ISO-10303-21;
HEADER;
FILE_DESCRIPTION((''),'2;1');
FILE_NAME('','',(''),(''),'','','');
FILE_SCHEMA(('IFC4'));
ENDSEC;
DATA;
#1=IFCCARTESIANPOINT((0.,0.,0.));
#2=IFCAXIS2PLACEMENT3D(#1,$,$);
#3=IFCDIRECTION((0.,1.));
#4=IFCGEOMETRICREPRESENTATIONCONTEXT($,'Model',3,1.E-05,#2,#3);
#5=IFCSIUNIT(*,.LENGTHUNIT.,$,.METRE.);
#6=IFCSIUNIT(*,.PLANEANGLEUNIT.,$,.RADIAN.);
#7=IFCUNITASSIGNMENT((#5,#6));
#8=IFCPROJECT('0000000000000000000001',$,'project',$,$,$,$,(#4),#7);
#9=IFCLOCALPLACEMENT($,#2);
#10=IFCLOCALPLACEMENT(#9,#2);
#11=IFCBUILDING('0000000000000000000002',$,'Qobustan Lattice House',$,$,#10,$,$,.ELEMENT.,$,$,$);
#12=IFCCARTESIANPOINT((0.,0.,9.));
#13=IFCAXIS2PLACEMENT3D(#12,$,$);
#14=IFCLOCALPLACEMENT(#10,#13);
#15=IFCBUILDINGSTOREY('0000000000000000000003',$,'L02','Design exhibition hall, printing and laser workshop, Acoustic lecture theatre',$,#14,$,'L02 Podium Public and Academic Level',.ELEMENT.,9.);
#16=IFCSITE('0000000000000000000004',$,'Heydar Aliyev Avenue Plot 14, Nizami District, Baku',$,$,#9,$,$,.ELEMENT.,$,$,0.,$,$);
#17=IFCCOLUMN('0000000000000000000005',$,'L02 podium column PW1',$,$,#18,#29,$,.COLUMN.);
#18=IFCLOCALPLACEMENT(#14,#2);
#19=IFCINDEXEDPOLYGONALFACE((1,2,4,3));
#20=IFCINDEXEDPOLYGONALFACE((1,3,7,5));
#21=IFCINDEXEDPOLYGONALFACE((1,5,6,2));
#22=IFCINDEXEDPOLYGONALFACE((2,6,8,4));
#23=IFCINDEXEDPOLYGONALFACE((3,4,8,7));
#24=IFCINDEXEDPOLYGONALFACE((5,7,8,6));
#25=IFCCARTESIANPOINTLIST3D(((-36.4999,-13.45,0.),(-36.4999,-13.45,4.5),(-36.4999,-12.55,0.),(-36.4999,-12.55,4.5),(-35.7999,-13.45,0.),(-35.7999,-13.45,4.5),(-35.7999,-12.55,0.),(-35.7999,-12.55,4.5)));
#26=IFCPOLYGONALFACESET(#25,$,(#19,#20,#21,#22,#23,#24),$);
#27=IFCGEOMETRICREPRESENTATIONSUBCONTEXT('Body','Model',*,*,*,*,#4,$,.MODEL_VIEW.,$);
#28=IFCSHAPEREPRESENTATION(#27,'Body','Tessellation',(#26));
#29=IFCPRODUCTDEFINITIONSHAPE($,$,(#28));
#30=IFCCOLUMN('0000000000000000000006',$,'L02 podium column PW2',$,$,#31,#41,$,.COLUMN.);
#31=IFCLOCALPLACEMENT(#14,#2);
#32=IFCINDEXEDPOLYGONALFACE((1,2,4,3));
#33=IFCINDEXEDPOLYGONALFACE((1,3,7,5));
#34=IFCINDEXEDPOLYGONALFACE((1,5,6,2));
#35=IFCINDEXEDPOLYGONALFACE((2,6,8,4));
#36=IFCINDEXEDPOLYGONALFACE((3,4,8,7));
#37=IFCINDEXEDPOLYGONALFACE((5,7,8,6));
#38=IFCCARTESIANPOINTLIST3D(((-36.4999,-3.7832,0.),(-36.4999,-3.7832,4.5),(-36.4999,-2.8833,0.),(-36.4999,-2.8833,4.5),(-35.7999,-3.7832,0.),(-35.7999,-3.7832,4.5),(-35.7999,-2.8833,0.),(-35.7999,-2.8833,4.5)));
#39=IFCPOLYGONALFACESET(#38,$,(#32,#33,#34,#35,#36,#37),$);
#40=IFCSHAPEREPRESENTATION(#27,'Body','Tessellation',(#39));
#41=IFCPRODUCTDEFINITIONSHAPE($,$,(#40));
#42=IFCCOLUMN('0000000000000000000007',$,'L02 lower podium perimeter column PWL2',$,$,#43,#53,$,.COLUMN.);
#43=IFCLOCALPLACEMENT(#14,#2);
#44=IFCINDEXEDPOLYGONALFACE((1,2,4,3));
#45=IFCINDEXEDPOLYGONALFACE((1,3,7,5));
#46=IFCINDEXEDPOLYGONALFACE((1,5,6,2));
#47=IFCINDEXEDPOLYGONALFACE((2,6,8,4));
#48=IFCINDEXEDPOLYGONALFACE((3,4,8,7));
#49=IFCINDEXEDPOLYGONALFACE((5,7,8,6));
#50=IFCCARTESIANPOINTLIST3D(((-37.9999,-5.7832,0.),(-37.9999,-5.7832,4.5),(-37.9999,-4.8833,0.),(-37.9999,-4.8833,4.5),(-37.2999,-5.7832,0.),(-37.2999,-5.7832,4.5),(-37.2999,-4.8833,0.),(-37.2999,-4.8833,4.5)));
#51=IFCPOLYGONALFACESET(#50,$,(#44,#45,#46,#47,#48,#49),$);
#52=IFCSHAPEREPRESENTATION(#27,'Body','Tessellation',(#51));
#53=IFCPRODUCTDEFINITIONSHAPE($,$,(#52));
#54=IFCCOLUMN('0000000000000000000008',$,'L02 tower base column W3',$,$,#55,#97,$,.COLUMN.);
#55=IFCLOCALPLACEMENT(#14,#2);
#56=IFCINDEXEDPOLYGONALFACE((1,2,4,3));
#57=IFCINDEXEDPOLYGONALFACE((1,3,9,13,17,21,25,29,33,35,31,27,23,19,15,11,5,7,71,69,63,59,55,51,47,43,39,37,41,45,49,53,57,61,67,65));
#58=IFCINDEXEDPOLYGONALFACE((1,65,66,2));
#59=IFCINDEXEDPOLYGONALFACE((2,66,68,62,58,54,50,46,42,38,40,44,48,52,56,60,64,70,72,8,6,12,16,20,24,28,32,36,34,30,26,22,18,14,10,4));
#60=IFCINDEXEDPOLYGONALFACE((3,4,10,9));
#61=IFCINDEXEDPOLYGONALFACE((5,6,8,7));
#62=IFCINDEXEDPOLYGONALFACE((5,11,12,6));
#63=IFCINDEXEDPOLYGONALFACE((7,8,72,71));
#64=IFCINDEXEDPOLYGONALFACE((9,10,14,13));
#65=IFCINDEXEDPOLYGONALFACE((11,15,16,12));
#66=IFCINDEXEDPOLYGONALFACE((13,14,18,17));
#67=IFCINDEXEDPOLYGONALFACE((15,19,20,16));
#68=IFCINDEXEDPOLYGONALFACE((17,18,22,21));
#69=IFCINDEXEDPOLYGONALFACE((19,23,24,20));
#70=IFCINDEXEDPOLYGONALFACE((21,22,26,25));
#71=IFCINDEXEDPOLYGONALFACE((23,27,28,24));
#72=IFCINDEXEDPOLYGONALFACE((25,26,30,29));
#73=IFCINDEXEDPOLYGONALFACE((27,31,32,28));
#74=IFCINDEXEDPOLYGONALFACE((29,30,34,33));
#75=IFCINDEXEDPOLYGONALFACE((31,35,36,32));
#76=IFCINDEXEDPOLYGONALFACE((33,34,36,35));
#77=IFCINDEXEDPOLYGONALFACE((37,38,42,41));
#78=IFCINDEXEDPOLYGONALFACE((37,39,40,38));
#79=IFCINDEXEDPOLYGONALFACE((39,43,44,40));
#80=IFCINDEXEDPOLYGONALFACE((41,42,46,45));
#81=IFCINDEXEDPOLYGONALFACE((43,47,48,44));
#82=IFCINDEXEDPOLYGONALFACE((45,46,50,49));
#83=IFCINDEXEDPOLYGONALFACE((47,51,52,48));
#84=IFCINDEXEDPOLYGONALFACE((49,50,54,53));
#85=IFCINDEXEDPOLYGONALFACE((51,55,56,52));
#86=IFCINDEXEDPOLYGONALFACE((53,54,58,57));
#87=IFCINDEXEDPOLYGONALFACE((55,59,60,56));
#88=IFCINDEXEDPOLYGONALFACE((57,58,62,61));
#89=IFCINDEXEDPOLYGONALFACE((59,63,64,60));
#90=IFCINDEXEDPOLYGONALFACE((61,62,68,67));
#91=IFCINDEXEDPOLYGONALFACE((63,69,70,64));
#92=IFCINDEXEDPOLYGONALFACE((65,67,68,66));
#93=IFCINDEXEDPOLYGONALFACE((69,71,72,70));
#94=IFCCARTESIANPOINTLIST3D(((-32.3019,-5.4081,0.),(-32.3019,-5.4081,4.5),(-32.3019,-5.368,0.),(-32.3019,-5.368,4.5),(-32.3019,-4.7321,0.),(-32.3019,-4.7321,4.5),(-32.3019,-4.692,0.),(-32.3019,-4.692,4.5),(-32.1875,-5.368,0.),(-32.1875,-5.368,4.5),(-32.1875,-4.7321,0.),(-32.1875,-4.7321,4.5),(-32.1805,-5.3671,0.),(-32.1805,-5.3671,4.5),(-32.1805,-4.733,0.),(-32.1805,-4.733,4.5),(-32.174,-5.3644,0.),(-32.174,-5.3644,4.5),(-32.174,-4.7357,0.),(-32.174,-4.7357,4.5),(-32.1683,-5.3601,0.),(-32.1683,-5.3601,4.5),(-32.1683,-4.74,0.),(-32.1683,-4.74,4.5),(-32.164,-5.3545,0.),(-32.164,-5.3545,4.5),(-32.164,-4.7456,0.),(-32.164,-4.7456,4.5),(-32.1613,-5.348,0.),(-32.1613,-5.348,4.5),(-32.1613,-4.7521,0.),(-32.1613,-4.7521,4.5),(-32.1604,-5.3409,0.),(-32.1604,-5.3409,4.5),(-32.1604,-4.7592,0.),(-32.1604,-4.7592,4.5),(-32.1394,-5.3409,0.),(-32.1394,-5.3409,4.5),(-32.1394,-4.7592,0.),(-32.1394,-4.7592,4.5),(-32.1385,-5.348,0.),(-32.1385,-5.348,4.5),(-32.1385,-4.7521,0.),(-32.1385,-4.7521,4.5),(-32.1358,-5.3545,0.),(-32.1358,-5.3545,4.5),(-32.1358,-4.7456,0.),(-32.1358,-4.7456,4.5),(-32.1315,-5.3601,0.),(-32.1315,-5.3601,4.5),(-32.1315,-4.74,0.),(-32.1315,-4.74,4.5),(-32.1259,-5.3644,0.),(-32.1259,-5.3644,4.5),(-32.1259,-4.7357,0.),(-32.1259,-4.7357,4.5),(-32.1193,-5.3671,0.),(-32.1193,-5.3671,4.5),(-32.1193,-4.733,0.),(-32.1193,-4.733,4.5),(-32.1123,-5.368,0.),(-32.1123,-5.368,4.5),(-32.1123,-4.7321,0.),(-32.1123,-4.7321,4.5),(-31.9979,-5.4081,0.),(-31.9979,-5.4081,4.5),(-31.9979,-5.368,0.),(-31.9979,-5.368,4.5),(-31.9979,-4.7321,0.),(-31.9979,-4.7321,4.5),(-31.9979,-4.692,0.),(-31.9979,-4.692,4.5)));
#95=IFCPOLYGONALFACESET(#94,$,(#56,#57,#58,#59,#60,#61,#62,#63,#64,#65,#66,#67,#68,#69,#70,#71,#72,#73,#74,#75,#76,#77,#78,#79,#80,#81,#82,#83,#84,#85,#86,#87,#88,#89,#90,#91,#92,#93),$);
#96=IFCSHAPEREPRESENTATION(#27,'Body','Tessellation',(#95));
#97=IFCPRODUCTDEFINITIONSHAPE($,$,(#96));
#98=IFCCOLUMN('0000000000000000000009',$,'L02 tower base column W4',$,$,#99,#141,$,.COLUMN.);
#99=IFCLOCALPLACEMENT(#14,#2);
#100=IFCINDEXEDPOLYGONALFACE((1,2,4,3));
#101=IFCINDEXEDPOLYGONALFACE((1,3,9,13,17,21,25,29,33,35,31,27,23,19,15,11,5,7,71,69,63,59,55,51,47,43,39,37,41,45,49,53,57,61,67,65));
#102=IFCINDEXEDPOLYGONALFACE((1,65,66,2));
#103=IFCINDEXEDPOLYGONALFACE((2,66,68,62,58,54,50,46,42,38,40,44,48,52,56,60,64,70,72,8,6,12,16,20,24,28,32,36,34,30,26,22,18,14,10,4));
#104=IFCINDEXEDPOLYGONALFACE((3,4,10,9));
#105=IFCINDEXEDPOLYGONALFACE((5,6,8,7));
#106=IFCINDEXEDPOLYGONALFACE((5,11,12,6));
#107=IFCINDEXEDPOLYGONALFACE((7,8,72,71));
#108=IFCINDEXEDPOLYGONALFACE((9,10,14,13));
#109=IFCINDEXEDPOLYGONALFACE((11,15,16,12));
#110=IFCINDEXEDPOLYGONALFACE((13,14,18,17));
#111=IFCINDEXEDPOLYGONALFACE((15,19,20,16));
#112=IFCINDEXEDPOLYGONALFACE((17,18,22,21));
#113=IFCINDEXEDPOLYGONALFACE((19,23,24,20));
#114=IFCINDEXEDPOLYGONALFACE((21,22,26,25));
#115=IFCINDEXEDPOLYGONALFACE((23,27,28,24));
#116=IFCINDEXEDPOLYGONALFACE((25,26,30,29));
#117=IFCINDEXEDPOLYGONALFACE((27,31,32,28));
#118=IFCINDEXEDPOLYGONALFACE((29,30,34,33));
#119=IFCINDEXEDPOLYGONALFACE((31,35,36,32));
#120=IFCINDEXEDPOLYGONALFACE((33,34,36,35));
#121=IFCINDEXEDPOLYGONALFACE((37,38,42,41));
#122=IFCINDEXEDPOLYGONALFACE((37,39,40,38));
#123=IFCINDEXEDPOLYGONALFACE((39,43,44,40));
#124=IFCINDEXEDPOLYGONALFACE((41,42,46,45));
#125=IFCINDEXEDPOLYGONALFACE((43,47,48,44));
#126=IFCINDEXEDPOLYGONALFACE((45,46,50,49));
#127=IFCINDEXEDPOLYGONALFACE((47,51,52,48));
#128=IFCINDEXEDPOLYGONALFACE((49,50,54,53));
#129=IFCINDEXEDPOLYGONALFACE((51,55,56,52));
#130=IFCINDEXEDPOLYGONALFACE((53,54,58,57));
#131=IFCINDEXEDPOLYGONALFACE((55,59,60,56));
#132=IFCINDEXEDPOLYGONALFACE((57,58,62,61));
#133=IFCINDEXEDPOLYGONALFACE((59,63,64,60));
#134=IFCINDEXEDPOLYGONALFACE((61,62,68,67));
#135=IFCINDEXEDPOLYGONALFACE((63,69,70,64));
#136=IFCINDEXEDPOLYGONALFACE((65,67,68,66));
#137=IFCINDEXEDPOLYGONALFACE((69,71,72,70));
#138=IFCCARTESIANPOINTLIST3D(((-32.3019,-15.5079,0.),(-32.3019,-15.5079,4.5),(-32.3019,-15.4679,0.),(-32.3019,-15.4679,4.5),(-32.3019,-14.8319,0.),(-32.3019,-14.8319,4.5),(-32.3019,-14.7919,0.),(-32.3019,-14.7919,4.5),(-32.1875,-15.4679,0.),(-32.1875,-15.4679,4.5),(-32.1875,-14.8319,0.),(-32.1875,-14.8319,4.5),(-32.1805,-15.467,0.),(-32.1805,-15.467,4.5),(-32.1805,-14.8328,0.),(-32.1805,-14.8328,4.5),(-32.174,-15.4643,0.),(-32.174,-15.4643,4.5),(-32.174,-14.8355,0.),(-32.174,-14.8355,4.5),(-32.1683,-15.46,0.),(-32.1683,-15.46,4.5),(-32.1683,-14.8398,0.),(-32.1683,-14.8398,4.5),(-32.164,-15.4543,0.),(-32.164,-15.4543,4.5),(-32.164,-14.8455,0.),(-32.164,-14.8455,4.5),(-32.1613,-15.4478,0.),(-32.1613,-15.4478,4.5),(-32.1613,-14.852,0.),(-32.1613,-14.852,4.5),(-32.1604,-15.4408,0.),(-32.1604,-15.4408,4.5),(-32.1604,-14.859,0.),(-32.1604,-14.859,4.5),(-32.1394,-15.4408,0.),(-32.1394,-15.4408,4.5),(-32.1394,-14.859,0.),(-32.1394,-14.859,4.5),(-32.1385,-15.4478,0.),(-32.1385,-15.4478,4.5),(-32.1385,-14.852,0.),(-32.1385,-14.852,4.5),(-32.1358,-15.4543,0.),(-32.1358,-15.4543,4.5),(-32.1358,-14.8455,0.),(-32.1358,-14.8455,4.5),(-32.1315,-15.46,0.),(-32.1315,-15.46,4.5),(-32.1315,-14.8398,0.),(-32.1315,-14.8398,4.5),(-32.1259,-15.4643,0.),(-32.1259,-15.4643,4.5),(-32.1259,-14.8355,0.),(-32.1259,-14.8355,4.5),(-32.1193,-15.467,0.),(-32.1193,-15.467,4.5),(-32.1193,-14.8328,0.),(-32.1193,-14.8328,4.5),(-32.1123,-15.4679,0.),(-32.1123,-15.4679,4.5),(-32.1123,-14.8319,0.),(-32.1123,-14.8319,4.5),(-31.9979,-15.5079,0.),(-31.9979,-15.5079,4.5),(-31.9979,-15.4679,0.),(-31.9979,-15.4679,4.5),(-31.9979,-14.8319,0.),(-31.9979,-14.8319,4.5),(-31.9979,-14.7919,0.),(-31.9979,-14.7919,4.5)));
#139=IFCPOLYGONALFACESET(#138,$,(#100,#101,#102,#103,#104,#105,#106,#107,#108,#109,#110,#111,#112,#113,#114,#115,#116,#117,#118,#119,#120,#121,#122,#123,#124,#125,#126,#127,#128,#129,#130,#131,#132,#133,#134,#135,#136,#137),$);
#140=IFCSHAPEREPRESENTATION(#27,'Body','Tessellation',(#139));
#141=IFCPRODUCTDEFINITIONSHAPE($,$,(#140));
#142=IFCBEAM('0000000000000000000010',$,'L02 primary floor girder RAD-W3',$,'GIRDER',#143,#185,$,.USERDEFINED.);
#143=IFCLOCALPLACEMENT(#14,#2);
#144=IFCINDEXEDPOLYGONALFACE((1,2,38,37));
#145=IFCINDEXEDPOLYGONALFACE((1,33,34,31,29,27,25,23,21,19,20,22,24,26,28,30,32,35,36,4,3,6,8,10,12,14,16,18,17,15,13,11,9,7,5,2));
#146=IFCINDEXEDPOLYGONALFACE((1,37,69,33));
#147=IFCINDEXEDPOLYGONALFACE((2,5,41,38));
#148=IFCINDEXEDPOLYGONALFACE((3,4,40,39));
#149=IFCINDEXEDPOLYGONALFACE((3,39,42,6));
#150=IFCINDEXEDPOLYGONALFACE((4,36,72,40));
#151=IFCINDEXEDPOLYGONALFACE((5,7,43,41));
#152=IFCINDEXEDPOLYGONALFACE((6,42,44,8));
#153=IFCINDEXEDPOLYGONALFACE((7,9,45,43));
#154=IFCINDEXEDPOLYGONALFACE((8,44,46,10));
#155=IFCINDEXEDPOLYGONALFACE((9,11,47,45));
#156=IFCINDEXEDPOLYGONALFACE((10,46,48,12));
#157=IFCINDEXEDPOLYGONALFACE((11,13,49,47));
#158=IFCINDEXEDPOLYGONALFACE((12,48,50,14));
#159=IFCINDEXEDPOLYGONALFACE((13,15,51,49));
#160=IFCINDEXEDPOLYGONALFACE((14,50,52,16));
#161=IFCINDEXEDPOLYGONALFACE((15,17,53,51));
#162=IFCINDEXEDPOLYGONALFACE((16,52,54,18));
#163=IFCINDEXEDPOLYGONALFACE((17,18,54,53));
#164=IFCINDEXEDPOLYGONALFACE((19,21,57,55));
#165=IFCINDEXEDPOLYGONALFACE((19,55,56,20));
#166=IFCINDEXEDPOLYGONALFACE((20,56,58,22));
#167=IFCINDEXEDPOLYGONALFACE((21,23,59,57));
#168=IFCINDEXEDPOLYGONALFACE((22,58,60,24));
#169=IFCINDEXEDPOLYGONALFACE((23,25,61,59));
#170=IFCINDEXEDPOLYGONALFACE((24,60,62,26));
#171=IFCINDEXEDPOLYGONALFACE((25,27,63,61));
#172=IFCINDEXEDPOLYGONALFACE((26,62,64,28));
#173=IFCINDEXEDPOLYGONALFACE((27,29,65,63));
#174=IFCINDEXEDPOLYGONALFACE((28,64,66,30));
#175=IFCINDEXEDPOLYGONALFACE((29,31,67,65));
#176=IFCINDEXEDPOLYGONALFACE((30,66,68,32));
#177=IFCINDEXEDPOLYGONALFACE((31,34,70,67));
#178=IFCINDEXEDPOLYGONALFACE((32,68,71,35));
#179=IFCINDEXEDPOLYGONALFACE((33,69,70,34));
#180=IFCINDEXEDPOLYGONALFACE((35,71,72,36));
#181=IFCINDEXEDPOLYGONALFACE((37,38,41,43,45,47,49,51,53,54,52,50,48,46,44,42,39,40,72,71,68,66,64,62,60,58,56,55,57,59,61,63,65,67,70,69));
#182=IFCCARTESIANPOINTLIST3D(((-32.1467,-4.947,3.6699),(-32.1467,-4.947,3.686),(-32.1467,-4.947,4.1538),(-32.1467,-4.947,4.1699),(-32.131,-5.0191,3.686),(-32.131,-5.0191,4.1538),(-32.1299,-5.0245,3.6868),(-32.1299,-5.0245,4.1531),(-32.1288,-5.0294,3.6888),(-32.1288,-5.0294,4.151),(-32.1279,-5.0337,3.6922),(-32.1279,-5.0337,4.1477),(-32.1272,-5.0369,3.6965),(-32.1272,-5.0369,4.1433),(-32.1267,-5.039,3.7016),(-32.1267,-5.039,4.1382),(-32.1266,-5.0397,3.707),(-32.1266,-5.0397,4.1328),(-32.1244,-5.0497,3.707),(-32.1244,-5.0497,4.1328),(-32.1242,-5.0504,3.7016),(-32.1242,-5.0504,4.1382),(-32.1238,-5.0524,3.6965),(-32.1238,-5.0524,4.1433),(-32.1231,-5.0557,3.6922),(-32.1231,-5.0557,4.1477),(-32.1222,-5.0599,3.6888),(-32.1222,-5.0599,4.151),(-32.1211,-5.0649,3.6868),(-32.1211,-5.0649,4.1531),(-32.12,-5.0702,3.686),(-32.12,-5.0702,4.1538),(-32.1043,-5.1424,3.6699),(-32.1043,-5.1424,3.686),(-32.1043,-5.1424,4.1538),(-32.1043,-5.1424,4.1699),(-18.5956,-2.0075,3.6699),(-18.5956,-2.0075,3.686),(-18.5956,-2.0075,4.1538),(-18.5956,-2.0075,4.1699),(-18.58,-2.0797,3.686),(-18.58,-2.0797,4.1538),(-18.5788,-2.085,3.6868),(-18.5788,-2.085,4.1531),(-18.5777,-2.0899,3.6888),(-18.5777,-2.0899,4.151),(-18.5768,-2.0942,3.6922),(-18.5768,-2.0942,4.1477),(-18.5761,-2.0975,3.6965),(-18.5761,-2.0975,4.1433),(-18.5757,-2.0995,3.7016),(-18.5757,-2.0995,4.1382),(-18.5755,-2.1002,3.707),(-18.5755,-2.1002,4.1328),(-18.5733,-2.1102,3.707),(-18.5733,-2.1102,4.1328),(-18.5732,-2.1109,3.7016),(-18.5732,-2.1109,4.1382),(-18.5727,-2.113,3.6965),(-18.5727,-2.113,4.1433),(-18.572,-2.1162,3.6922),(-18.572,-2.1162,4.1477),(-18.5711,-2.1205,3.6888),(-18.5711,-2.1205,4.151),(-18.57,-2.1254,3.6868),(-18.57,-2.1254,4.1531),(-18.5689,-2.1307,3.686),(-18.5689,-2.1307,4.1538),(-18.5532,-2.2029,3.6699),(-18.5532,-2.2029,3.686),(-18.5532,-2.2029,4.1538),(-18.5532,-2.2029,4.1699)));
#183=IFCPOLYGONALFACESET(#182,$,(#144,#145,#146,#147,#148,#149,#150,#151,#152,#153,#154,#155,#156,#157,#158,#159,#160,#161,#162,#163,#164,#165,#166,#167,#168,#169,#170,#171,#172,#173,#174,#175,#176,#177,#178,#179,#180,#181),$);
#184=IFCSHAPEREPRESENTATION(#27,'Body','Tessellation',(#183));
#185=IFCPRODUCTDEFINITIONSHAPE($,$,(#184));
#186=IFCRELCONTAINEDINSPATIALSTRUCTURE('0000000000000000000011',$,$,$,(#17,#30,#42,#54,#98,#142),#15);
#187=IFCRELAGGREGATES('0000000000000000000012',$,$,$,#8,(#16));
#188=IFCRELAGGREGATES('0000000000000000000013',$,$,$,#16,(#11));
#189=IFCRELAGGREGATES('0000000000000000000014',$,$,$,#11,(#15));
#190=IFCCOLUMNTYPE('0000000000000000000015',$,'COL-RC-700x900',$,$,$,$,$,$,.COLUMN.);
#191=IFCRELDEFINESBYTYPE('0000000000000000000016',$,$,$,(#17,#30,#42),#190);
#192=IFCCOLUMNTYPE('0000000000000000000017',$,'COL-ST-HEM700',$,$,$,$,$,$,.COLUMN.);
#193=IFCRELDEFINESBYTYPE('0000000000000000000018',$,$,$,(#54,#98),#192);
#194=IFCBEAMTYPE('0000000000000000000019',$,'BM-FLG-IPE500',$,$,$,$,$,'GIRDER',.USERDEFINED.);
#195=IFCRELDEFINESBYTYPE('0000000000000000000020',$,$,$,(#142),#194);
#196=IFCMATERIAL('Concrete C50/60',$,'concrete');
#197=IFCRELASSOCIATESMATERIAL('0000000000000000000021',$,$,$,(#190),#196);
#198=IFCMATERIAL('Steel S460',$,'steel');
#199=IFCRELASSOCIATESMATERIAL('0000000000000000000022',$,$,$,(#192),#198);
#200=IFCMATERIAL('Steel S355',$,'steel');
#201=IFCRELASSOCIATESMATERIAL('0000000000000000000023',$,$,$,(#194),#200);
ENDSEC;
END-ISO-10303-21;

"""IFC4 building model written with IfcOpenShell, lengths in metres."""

from ifc_helpers import new_model, si_unit, direction, frame, origin, origin_2d, place, context, subcontext, project, spatial, rectangle, i_section, extrude, material, material_profile, profile_set, type_object, element, save


model = new_model("IFC4")

# Units and contexts
model_context = context("Model", 3, precision=1e-05, world=origin(), true_north=direction((0.0, 1.0)))
body_context = subcontext(model_context, "Body", "Model", "MODEL_VIEW")
ifc_project = project(units=[si_unit("LENGTHUNIT", "METRE"), si_unit("PLANEANGLEUNIT", "RADIAN")], contexts=[model_context])

# Site, building, storey
site_placement = place(None, origin())
site = spatial("IfcSite", under=ifc_project, at=site_placement, Name="Heydar Aliyev Avenue Plot 14, Nizami District, Baku", CompositionType="ELEMENT", RefElevation=0.0)
building_placement = place(site_placement, origin())
building = spatial("IfcBuilding", under=site, at=building_placement, Name="Qobustan Lattice House", CompositionType="ELEMENT")
storey_placement = place(building_placement, frame((0.0, 0.0, 9.0)))
storey = spatial("IfcBuildingStorey", under=building, at=storey_placement, Name="L02", Description="Design exhibition hall, printing and laser workshop, Acoustic lecture theatre", LongName="L02 Podium Public and Academic Level", CompositionType="ELEMENT", Elevation=9.0)

# Columns
ifc_material_1 = material(Name="Concrete C50/60", Category="concrete")
ifc_material_profile_1 = material_profile(ifc_material_1, rectangle(XDim=0.7, YDim=0.8999, at=origin_2d()), Name="RC700x900")
ifc_profile_set_1 = profile_set([ifc_material_profile_1], Name="Concrete C50/60")
column_type_1 = type_object("IfcColumnType", Name="COL-RC-700x900", PredefinedType="COLUMN", material=ifc_profile_set_1)
for number, where, z_axis, x_axis, name in (
    (1, (-36.1499, -13.0, 0.0), (0.0, 0.0, 1.0), (1.0, 0.0, 0.0), "L02 podium column PW1"),
    (2, (-36.1499, -3.3333, 0.0), (0.0, 0.0, 1.0), (1.0, 0.0, 0.0), "L02 podium column PW2"),
    (3, (-37.6499, -5.3333, 0.0), (0.0, 0.0, 1.0), (1.0, 0.0, 0.0), "L02 lower podium perimeter column PWL2"),
):
    element("IfcColumn", number, at=place(storey_placement, frame(where, z_axis=z_axis, x_axis=x_axis)), inside=storey, type_object=column_type_1, Name=name, PredefinedType="COLUMN", context=body_context, shape_type="SweptSolid", body=[
        extrude(rectangle(XDim=0.7, YDim=0.8999, at=origin_2d()), origin(), (0.0, 0.0, 1.0), 4.5),
    ])
ifc_material_2 = material(Name="Steel S460", Category="steel")
ifc_material_profile_2 = material_profile(ifc_material_2, i_section(OverallWidth=0.304, OverallDepth=0.7161, WebThickness=0.021, FlangeThickness=0.04, FilletRadius=0.0271, at=origin_2d()), Name="HEM700")
ifc_profile_set_2 = profile_set([ifc_material_profile_2], Name="Steel S460")
column_type_2 = type_object("IfcColumnType", Name="COL-ST-HEM700", PredefinedType="COLUMN", material=ifc_profile_set_2)
for number, where, z_axis, x_axis, name in (
    (4, (-32.1499, -5.05, 0.0), (0.0, 0.0, 1.0), (1.0, 0.0, 0.0), "L02 tower base column W3"),
    (5, (-32.1499, -15.1499, 0.0), (0.0, 0.0, 1.0), (1.0, 0.0, 0.0), "L02 tower base column W4"),
):
    element("IfcColumn", number, at=place(storey_placement, frame(where, z_axis=z_axis, x_axis=x_axis)), inside=storey, type_object=column_type_2, Name=name, PredefinedType="COLUMN", context=body_context, shape_type="SweptSolid", body=[
        extrude(i_section(OverallWidth=0.304, OverallDepth=0.7161, WebThickness=0.021, FlangeThickness=0.04, FilletRadius=0.0271, at=origin_2d()), origin(), (0.0, 0.0, 1.0), 4.5),
    ])

# Beam
ifc_material_3 = material(Name="Steel S355", Category="steel")
ifc_material_profile_3 = material_profile(ifc_material_3, i_section(OverallWidth=0.2, OverallDepth=0.5, WebThickness=0.0103, FlangeThickness=0.0161, FilletRadius=0.021, at=origin_2d()), Name="IPE500")
ifc_profile_set_3 = profile_set([ifc_material_profile_3], Name="Steel S355")
beam_type_1 = type_object("IfcBeamType", Name="BM-FLG-IPE500", ElementType="GIRDER", PredefinedType="USERDEFINED", material=ifc_profile_set_3)
beam_1_placement = place(storey_placement, frame((-32.1255, -5.0447, 3.9199), z_axis=(0.977272, 0.211987, 0.0), x_axis=(-0.211987, 0.977272, 0.0)))
element("IfcBeam", 6, at=beam_1_placement, inside=storey, type_object=beam_type_1, Name="L02 primary floor girder RAD-W3", ObjectType="GIRDER", PredefinedType="USERDEFINED", context=body_context, shape_type="SweptSolid", body=[
    extrude(i_section(OverallWidth=0.2, OverallDepth=0.5, WebThickness=0.0103, FlangeThickness=0.0161, FilletRadius=0.021, at=origin_2d()), origin(), (0.0, 0.0, 1.0), 13.8662),
])

save(model, "model.ifc")
